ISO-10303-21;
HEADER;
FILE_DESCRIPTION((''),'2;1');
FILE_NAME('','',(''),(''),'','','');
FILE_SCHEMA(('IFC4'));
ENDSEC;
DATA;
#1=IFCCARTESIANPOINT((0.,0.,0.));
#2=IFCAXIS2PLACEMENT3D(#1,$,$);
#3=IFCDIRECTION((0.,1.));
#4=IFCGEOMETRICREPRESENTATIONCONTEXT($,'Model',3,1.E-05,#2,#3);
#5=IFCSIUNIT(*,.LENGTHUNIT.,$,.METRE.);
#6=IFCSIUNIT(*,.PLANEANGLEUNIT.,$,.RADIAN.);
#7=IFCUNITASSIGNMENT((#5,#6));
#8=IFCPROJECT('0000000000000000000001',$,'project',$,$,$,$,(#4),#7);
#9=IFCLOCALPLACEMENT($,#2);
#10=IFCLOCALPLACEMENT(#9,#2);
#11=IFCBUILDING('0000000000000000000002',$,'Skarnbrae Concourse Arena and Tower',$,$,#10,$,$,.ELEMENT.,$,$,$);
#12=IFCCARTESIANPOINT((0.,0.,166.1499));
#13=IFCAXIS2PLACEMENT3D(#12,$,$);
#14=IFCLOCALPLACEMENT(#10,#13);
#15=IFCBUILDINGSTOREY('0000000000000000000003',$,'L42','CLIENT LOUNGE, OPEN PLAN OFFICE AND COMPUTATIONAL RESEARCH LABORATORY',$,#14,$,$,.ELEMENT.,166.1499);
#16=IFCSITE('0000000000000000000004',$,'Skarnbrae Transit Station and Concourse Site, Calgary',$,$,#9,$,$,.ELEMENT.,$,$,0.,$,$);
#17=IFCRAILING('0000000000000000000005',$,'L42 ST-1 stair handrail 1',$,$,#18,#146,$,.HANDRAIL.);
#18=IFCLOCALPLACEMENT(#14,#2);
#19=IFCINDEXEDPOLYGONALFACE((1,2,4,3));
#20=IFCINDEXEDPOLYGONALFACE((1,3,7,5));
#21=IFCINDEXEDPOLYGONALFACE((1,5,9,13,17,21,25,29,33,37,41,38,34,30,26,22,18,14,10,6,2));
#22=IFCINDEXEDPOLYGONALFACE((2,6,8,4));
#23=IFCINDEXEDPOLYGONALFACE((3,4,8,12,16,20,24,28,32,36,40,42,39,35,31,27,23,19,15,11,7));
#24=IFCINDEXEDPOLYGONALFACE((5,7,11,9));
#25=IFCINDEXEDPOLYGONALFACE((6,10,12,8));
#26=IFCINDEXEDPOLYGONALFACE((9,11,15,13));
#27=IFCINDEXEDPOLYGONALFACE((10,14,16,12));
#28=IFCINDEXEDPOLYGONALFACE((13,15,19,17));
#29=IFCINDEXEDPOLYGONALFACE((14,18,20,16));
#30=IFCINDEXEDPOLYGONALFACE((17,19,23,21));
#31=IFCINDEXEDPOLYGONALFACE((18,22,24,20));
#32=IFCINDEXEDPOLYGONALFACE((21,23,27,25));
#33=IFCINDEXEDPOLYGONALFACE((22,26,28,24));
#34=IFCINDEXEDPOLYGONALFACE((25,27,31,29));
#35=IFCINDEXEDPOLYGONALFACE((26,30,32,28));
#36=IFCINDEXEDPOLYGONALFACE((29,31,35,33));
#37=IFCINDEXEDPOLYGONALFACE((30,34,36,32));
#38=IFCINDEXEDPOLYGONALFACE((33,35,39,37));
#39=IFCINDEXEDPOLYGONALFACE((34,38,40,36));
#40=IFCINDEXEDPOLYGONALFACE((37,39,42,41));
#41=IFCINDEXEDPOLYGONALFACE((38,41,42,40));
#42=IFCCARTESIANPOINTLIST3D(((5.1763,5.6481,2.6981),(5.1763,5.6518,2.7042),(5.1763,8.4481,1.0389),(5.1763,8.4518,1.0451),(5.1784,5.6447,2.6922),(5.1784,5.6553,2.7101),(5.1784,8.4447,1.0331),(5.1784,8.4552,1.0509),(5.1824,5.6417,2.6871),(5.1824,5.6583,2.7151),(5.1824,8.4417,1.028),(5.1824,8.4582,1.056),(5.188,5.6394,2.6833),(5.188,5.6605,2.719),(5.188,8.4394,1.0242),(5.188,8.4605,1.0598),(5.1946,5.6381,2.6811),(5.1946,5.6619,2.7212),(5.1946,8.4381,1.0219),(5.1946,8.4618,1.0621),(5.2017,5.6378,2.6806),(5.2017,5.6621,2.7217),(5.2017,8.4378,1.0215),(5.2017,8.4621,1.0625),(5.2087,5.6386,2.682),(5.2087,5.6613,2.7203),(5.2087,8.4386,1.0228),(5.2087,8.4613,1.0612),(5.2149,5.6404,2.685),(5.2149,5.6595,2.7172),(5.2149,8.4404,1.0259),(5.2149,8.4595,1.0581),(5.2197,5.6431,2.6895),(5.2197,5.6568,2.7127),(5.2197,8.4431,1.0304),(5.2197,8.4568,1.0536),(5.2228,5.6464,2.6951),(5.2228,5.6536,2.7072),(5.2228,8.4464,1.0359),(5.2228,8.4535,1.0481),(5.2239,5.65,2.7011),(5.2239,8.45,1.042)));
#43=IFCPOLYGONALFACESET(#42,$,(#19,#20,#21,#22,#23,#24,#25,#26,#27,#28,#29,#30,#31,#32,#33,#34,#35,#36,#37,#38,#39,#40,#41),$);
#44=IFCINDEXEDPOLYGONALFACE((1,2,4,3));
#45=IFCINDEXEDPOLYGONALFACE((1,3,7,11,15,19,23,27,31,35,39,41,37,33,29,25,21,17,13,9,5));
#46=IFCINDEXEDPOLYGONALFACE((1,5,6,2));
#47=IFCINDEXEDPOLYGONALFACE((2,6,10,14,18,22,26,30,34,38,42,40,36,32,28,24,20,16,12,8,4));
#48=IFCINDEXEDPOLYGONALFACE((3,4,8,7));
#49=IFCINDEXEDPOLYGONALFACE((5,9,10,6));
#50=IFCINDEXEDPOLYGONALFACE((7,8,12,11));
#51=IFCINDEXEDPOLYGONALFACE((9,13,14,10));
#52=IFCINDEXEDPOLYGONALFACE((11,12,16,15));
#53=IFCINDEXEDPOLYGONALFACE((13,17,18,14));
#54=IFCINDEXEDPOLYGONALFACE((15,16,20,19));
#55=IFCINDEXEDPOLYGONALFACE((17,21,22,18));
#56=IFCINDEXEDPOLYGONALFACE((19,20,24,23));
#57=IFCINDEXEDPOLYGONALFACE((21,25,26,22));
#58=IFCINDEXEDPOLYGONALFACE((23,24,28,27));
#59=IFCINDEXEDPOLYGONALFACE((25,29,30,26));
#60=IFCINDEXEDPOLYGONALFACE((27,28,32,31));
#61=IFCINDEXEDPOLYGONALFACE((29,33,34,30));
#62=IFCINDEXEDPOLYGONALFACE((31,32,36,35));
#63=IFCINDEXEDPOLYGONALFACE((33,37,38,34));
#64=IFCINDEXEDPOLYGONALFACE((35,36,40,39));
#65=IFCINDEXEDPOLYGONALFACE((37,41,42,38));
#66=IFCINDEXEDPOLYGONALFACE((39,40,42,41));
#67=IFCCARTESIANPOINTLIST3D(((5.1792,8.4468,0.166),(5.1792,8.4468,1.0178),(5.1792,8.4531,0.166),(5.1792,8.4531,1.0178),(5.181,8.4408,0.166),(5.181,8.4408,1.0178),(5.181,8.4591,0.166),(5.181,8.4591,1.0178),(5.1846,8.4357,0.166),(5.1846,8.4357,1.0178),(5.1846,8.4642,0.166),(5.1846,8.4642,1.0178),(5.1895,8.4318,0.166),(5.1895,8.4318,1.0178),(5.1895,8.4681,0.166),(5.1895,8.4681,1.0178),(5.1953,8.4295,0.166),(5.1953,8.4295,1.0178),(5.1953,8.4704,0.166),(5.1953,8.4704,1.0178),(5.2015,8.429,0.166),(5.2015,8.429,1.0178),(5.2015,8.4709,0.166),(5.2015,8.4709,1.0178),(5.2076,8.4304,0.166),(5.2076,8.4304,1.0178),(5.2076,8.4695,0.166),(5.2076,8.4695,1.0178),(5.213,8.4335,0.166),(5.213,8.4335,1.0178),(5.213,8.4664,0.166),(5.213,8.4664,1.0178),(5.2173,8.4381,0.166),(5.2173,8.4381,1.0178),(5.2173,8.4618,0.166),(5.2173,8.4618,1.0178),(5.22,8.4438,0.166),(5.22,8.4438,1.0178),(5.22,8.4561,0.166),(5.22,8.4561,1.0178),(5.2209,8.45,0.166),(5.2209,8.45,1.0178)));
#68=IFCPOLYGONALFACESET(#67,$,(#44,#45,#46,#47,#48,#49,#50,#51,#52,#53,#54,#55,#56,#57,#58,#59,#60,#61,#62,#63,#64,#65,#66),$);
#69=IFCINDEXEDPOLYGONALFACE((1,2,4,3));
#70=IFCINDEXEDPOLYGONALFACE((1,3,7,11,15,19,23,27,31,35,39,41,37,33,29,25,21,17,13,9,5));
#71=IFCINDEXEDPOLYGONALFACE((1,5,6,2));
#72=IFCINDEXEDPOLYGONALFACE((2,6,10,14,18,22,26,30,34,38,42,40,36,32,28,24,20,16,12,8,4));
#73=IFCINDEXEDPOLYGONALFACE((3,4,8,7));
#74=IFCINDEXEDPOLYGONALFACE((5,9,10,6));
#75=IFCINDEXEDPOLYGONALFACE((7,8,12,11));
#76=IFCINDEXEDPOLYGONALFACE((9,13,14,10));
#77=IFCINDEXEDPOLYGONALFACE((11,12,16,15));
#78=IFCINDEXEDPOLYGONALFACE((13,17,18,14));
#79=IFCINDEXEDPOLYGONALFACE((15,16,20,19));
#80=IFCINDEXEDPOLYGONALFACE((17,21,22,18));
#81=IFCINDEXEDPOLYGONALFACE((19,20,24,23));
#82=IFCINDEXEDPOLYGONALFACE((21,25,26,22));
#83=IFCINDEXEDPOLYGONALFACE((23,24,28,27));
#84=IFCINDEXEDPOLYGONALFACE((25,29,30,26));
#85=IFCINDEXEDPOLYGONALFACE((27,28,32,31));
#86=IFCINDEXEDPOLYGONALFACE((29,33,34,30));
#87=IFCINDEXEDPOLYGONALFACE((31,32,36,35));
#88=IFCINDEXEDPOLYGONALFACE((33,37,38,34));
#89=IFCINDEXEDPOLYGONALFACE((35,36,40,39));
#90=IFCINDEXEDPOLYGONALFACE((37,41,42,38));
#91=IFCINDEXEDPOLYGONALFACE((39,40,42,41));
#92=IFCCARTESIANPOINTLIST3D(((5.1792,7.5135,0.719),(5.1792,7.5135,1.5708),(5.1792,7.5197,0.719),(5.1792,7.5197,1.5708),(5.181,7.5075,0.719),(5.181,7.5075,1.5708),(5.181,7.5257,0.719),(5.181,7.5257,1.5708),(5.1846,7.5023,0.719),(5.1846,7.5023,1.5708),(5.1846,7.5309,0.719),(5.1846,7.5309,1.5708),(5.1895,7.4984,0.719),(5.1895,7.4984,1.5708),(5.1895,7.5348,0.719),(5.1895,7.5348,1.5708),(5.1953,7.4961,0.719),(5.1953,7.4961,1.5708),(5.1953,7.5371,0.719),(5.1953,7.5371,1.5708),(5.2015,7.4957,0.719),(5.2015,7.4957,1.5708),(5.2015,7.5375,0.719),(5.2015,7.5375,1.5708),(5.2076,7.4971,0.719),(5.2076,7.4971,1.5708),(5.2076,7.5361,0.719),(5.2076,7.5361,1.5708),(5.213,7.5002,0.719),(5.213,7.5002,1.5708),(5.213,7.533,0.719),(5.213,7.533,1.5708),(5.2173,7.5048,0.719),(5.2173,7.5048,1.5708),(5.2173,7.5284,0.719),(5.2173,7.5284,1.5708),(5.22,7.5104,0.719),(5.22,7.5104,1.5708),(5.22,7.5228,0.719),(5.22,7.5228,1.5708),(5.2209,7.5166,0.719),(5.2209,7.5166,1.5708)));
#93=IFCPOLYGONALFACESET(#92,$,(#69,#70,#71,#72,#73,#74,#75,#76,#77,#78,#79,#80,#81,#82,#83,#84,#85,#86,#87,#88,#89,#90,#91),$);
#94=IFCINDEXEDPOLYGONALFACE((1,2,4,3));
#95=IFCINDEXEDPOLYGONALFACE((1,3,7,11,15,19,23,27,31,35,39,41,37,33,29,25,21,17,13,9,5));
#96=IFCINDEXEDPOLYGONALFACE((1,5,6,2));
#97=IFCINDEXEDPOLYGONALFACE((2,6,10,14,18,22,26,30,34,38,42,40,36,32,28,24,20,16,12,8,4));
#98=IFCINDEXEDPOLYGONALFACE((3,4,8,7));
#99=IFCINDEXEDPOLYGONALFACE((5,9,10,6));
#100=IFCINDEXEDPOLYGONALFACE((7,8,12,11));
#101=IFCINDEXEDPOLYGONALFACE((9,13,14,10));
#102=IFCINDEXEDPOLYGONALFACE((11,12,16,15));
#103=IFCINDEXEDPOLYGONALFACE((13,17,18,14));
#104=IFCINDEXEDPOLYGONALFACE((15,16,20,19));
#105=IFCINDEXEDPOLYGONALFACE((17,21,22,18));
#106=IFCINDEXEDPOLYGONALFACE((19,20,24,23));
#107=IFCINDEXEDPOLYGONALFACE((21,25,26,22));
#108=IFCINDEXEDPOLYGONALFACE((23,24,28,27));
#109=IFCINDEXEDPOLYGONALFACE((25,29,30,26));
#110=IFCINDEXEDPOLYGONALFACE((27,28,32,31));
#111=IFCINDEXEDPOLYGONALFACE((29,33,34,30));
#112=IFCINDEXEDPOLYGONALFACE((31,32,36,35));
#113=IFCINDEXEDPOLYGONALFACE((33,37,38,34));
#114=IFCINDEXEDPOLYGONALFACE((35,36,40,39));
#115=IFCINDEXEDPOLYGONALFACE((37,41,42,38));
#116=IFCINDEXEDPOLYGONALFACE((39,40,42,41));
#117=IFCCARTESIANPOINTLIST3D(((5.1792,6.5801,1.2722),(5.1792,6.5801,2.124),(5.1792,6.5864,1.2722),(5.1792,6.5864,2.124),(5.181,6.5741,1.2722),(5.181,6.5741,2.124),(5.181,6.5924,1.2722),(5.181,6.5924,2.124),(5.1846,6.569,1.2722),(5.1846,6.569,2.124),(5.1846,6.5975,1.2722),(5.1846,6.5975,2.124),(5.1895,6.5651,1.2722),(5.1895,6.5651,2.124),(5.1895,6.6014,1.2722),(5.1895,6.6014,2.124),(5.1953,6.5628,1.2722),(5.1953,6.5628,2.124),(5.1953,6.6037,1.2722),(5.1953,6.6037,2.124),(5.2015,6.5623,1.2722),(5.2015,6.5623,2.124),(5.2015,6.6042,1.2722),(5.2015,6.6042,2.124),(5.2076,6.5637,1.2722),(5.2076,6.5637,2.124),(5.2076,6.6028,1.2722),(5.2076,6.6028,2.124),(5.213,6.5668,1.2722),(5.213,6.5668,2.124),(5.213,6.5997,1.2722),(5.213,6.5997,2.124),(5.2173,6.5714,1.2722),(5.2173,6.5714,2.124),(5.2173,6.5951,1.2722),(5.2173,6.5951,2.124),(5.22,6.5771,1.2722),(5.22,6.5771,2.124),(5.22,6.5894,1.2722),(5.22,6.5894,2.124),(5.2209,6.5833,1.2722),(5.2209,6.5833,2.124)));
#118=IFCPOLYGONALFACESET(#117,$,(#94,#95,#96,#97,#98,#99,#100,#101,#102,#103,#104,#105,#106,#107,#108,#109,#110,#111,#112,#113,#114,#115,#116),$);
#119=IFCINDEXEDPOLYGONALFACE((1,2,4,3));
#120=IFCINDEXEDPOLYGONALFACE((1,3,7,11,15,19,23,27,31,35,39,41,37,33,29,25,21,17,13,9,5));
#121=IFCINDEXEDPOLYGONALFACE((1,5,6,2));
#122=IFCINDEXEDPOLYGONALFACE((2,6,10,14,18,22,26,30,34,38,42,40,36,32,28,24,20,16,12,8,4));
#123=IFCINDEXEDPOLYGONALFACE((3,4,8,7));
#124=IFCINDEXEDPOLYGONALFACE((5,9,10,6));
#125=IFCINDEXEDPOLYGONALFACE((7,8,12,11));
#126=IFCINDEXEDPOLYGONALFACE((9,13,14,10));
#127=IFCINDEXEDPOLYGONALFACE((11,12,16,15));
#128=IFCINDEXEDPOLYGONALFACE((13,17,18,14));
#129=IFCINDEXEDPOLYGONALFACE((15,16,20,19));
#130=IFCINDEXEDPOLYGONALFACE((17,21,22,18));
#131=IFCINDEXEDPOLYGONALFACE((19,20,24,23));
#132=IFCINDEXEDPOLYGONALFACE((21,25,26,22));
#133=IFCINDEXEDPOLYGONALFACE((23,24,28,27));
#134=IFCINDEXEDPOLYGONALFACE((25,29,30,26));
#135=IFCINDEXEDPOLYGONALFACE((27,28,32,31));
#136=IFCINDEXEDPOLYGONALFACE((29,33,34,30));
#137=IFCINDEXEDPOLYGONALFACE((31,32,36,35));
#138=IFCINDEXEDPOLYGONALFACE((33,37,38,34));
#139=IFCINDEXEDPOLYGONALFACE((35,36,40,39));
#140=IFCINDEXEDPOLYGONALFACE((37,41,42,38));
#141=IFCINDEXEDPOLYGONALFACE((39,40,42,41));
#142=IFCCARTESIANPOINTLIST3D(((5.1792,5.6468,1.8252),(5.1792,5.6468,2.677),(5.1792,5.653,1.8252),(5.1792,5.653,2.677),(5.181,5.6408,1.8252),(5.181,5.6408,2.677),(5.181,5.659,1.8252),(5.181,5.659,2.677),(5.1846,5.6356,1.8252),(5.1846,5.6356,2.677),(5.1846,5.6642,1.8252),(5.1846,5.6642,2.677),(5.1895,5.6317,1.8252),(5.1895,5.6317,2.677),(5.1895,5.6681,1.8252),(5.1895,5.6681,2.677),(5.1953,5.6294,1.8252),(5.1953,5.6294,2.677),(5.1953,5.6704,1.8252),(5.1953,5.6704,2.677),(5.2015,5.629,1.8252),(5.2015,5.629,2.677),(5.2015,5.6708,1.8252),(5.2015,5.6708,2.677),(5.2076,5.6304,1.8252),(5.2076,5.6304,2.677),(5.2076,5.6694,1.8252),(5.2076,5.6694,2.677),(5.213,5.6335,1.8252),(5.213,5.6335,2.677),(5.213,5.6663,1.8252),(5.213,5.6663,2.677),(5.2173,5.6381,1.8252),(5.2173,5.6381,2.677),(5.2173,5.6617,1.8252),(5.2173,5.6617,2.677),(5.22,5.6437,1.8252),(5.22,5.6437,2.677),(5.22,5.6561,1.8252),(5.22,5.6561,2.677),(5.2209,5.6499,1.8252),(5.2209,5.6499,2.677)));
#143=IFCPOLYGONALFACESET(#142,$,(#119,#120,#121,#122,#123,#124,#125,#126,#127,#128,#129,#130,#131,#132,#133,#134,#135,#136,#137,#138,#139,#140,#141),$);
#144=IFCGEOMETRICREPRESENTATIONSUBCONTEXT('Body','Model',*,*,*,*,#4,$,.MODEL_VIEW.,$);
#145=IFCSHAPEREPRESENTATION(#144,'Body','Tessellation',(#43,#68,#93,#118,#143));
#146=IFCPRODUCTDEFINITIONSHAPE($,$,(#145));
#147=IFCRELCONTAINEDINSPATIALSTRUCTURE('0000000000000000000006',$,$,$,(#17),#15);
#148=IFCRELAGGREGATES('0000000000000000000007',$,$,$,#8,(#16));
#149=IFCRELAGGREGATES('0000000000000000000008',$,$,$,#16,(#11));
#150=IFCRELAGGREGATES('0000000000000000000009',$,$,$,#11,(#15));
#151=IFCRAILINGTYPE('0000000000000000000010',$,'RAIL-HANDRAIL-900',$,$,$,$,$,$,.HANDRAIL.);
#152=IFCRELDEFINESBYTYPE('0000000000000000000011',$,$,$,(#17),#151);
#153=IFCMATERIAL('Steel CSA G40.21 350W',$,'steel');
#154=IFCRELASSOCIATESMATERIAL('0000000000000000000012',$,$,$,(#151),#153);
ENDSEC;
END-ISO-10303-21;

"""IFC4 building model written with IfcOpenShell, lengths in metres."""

from ifc_helpers import new_model, si_unit, direction, frame, origin, origin_2d, place, context, subcontext, project, spatial, circle, extrude, material, type_object, element, save


model = new_model("IFC4")

# Units and contexts
model_context = context("Model", 3, precision=1e-05, world=origin(), true_north=direction((0.0, 1.0)))
body_context = subcontext(model_context, "Body", "Model", "MODEL_VIEW")
ifc_project = project(units=[si_unit("LENGTHUNIT", "METRE"), si_unit("PLANEANGLEUNIT", "RADIAN")], contexts=[model_context])

# Site, building, storey
site_placement = place(None, origin())
site = spatial("IfcSite", under=ifc_project, at=site_placement, Name="Skarnbrae Transit Station and Concourse Site, Calgary", CompositionType="ELEMENT", RefElevation=0.0)
building_placement = place(site_placement, origin())
building = spatial("IfcBuilding", under=site, at=building_placement, Name="Skarnbrae Concourse Arena and Tower", CompositionType="ELEMENT")
storey_placement = place(building_placement, frame((0.0, 0.0, 166.1499)))
storey = spatial("IfcBuildingStorey", under=building, at=storey_placement, Name="L42", Description="CLIENT LOUNGE, OPEN PLAN OFFICE AND COMPUTATIONAL RESEARCH LABORATORY", CompositionType="ELEMENT", Elevation=166.1499)

# Railing
ifc_material_1 = material(Name="Steel CSA G40.21 350W", Category="steel")
railing_type_1 = type_object("IfcRailingType", Name="RAIL-HANDRAIL-900", PredefinedType="HANDRAIL", material=ifc_material_1)
railing_1_placement = place(storey_placement, frame((5.2, 8.45, 0.166)))
element("IfcRailing", 1, at=railing_1_placement, inside=storey, type_object=railing_type_1, Name="L42 ST-1 stair handrail 1", PredefinedType="HANDRAIL", context=body_context, shape_type="SweptSolid", body=[
    extrude(circle(Radius=0.0239, at=origin_2d()), frame((0.0, 0.0, 0.876), z_axis=(0.0, -0.860306, 0.509778), x_axis=(1.0, 0.0, 0.0)), (0.0, 0.0, 1.0), 3.2546),
    extrude(circle(Radius=0.021, at=origin_2d()), origin(), (0.0, 0.0, 1.0), 0.8518),
    extrude(circle(Radius=0.021, at=origin_2d()), frame((0.0, -0.9333, 0.553)), (0.0, 0.0, 1.0), 0.8518),
    extrude(circle(Radius=0.021, at=origin_2d()), frame((0.0, -1.8667, 1.1062)), (0.0, 0.0, 1.0), 0.8518),
    extrude(circle(Radius=0.021, at=origin_2d()), frame((0.0, -2.8, 1.6592)), (0.0, 0.0, 1.0), 0.8518),
])

save(model, "model.ifc")
